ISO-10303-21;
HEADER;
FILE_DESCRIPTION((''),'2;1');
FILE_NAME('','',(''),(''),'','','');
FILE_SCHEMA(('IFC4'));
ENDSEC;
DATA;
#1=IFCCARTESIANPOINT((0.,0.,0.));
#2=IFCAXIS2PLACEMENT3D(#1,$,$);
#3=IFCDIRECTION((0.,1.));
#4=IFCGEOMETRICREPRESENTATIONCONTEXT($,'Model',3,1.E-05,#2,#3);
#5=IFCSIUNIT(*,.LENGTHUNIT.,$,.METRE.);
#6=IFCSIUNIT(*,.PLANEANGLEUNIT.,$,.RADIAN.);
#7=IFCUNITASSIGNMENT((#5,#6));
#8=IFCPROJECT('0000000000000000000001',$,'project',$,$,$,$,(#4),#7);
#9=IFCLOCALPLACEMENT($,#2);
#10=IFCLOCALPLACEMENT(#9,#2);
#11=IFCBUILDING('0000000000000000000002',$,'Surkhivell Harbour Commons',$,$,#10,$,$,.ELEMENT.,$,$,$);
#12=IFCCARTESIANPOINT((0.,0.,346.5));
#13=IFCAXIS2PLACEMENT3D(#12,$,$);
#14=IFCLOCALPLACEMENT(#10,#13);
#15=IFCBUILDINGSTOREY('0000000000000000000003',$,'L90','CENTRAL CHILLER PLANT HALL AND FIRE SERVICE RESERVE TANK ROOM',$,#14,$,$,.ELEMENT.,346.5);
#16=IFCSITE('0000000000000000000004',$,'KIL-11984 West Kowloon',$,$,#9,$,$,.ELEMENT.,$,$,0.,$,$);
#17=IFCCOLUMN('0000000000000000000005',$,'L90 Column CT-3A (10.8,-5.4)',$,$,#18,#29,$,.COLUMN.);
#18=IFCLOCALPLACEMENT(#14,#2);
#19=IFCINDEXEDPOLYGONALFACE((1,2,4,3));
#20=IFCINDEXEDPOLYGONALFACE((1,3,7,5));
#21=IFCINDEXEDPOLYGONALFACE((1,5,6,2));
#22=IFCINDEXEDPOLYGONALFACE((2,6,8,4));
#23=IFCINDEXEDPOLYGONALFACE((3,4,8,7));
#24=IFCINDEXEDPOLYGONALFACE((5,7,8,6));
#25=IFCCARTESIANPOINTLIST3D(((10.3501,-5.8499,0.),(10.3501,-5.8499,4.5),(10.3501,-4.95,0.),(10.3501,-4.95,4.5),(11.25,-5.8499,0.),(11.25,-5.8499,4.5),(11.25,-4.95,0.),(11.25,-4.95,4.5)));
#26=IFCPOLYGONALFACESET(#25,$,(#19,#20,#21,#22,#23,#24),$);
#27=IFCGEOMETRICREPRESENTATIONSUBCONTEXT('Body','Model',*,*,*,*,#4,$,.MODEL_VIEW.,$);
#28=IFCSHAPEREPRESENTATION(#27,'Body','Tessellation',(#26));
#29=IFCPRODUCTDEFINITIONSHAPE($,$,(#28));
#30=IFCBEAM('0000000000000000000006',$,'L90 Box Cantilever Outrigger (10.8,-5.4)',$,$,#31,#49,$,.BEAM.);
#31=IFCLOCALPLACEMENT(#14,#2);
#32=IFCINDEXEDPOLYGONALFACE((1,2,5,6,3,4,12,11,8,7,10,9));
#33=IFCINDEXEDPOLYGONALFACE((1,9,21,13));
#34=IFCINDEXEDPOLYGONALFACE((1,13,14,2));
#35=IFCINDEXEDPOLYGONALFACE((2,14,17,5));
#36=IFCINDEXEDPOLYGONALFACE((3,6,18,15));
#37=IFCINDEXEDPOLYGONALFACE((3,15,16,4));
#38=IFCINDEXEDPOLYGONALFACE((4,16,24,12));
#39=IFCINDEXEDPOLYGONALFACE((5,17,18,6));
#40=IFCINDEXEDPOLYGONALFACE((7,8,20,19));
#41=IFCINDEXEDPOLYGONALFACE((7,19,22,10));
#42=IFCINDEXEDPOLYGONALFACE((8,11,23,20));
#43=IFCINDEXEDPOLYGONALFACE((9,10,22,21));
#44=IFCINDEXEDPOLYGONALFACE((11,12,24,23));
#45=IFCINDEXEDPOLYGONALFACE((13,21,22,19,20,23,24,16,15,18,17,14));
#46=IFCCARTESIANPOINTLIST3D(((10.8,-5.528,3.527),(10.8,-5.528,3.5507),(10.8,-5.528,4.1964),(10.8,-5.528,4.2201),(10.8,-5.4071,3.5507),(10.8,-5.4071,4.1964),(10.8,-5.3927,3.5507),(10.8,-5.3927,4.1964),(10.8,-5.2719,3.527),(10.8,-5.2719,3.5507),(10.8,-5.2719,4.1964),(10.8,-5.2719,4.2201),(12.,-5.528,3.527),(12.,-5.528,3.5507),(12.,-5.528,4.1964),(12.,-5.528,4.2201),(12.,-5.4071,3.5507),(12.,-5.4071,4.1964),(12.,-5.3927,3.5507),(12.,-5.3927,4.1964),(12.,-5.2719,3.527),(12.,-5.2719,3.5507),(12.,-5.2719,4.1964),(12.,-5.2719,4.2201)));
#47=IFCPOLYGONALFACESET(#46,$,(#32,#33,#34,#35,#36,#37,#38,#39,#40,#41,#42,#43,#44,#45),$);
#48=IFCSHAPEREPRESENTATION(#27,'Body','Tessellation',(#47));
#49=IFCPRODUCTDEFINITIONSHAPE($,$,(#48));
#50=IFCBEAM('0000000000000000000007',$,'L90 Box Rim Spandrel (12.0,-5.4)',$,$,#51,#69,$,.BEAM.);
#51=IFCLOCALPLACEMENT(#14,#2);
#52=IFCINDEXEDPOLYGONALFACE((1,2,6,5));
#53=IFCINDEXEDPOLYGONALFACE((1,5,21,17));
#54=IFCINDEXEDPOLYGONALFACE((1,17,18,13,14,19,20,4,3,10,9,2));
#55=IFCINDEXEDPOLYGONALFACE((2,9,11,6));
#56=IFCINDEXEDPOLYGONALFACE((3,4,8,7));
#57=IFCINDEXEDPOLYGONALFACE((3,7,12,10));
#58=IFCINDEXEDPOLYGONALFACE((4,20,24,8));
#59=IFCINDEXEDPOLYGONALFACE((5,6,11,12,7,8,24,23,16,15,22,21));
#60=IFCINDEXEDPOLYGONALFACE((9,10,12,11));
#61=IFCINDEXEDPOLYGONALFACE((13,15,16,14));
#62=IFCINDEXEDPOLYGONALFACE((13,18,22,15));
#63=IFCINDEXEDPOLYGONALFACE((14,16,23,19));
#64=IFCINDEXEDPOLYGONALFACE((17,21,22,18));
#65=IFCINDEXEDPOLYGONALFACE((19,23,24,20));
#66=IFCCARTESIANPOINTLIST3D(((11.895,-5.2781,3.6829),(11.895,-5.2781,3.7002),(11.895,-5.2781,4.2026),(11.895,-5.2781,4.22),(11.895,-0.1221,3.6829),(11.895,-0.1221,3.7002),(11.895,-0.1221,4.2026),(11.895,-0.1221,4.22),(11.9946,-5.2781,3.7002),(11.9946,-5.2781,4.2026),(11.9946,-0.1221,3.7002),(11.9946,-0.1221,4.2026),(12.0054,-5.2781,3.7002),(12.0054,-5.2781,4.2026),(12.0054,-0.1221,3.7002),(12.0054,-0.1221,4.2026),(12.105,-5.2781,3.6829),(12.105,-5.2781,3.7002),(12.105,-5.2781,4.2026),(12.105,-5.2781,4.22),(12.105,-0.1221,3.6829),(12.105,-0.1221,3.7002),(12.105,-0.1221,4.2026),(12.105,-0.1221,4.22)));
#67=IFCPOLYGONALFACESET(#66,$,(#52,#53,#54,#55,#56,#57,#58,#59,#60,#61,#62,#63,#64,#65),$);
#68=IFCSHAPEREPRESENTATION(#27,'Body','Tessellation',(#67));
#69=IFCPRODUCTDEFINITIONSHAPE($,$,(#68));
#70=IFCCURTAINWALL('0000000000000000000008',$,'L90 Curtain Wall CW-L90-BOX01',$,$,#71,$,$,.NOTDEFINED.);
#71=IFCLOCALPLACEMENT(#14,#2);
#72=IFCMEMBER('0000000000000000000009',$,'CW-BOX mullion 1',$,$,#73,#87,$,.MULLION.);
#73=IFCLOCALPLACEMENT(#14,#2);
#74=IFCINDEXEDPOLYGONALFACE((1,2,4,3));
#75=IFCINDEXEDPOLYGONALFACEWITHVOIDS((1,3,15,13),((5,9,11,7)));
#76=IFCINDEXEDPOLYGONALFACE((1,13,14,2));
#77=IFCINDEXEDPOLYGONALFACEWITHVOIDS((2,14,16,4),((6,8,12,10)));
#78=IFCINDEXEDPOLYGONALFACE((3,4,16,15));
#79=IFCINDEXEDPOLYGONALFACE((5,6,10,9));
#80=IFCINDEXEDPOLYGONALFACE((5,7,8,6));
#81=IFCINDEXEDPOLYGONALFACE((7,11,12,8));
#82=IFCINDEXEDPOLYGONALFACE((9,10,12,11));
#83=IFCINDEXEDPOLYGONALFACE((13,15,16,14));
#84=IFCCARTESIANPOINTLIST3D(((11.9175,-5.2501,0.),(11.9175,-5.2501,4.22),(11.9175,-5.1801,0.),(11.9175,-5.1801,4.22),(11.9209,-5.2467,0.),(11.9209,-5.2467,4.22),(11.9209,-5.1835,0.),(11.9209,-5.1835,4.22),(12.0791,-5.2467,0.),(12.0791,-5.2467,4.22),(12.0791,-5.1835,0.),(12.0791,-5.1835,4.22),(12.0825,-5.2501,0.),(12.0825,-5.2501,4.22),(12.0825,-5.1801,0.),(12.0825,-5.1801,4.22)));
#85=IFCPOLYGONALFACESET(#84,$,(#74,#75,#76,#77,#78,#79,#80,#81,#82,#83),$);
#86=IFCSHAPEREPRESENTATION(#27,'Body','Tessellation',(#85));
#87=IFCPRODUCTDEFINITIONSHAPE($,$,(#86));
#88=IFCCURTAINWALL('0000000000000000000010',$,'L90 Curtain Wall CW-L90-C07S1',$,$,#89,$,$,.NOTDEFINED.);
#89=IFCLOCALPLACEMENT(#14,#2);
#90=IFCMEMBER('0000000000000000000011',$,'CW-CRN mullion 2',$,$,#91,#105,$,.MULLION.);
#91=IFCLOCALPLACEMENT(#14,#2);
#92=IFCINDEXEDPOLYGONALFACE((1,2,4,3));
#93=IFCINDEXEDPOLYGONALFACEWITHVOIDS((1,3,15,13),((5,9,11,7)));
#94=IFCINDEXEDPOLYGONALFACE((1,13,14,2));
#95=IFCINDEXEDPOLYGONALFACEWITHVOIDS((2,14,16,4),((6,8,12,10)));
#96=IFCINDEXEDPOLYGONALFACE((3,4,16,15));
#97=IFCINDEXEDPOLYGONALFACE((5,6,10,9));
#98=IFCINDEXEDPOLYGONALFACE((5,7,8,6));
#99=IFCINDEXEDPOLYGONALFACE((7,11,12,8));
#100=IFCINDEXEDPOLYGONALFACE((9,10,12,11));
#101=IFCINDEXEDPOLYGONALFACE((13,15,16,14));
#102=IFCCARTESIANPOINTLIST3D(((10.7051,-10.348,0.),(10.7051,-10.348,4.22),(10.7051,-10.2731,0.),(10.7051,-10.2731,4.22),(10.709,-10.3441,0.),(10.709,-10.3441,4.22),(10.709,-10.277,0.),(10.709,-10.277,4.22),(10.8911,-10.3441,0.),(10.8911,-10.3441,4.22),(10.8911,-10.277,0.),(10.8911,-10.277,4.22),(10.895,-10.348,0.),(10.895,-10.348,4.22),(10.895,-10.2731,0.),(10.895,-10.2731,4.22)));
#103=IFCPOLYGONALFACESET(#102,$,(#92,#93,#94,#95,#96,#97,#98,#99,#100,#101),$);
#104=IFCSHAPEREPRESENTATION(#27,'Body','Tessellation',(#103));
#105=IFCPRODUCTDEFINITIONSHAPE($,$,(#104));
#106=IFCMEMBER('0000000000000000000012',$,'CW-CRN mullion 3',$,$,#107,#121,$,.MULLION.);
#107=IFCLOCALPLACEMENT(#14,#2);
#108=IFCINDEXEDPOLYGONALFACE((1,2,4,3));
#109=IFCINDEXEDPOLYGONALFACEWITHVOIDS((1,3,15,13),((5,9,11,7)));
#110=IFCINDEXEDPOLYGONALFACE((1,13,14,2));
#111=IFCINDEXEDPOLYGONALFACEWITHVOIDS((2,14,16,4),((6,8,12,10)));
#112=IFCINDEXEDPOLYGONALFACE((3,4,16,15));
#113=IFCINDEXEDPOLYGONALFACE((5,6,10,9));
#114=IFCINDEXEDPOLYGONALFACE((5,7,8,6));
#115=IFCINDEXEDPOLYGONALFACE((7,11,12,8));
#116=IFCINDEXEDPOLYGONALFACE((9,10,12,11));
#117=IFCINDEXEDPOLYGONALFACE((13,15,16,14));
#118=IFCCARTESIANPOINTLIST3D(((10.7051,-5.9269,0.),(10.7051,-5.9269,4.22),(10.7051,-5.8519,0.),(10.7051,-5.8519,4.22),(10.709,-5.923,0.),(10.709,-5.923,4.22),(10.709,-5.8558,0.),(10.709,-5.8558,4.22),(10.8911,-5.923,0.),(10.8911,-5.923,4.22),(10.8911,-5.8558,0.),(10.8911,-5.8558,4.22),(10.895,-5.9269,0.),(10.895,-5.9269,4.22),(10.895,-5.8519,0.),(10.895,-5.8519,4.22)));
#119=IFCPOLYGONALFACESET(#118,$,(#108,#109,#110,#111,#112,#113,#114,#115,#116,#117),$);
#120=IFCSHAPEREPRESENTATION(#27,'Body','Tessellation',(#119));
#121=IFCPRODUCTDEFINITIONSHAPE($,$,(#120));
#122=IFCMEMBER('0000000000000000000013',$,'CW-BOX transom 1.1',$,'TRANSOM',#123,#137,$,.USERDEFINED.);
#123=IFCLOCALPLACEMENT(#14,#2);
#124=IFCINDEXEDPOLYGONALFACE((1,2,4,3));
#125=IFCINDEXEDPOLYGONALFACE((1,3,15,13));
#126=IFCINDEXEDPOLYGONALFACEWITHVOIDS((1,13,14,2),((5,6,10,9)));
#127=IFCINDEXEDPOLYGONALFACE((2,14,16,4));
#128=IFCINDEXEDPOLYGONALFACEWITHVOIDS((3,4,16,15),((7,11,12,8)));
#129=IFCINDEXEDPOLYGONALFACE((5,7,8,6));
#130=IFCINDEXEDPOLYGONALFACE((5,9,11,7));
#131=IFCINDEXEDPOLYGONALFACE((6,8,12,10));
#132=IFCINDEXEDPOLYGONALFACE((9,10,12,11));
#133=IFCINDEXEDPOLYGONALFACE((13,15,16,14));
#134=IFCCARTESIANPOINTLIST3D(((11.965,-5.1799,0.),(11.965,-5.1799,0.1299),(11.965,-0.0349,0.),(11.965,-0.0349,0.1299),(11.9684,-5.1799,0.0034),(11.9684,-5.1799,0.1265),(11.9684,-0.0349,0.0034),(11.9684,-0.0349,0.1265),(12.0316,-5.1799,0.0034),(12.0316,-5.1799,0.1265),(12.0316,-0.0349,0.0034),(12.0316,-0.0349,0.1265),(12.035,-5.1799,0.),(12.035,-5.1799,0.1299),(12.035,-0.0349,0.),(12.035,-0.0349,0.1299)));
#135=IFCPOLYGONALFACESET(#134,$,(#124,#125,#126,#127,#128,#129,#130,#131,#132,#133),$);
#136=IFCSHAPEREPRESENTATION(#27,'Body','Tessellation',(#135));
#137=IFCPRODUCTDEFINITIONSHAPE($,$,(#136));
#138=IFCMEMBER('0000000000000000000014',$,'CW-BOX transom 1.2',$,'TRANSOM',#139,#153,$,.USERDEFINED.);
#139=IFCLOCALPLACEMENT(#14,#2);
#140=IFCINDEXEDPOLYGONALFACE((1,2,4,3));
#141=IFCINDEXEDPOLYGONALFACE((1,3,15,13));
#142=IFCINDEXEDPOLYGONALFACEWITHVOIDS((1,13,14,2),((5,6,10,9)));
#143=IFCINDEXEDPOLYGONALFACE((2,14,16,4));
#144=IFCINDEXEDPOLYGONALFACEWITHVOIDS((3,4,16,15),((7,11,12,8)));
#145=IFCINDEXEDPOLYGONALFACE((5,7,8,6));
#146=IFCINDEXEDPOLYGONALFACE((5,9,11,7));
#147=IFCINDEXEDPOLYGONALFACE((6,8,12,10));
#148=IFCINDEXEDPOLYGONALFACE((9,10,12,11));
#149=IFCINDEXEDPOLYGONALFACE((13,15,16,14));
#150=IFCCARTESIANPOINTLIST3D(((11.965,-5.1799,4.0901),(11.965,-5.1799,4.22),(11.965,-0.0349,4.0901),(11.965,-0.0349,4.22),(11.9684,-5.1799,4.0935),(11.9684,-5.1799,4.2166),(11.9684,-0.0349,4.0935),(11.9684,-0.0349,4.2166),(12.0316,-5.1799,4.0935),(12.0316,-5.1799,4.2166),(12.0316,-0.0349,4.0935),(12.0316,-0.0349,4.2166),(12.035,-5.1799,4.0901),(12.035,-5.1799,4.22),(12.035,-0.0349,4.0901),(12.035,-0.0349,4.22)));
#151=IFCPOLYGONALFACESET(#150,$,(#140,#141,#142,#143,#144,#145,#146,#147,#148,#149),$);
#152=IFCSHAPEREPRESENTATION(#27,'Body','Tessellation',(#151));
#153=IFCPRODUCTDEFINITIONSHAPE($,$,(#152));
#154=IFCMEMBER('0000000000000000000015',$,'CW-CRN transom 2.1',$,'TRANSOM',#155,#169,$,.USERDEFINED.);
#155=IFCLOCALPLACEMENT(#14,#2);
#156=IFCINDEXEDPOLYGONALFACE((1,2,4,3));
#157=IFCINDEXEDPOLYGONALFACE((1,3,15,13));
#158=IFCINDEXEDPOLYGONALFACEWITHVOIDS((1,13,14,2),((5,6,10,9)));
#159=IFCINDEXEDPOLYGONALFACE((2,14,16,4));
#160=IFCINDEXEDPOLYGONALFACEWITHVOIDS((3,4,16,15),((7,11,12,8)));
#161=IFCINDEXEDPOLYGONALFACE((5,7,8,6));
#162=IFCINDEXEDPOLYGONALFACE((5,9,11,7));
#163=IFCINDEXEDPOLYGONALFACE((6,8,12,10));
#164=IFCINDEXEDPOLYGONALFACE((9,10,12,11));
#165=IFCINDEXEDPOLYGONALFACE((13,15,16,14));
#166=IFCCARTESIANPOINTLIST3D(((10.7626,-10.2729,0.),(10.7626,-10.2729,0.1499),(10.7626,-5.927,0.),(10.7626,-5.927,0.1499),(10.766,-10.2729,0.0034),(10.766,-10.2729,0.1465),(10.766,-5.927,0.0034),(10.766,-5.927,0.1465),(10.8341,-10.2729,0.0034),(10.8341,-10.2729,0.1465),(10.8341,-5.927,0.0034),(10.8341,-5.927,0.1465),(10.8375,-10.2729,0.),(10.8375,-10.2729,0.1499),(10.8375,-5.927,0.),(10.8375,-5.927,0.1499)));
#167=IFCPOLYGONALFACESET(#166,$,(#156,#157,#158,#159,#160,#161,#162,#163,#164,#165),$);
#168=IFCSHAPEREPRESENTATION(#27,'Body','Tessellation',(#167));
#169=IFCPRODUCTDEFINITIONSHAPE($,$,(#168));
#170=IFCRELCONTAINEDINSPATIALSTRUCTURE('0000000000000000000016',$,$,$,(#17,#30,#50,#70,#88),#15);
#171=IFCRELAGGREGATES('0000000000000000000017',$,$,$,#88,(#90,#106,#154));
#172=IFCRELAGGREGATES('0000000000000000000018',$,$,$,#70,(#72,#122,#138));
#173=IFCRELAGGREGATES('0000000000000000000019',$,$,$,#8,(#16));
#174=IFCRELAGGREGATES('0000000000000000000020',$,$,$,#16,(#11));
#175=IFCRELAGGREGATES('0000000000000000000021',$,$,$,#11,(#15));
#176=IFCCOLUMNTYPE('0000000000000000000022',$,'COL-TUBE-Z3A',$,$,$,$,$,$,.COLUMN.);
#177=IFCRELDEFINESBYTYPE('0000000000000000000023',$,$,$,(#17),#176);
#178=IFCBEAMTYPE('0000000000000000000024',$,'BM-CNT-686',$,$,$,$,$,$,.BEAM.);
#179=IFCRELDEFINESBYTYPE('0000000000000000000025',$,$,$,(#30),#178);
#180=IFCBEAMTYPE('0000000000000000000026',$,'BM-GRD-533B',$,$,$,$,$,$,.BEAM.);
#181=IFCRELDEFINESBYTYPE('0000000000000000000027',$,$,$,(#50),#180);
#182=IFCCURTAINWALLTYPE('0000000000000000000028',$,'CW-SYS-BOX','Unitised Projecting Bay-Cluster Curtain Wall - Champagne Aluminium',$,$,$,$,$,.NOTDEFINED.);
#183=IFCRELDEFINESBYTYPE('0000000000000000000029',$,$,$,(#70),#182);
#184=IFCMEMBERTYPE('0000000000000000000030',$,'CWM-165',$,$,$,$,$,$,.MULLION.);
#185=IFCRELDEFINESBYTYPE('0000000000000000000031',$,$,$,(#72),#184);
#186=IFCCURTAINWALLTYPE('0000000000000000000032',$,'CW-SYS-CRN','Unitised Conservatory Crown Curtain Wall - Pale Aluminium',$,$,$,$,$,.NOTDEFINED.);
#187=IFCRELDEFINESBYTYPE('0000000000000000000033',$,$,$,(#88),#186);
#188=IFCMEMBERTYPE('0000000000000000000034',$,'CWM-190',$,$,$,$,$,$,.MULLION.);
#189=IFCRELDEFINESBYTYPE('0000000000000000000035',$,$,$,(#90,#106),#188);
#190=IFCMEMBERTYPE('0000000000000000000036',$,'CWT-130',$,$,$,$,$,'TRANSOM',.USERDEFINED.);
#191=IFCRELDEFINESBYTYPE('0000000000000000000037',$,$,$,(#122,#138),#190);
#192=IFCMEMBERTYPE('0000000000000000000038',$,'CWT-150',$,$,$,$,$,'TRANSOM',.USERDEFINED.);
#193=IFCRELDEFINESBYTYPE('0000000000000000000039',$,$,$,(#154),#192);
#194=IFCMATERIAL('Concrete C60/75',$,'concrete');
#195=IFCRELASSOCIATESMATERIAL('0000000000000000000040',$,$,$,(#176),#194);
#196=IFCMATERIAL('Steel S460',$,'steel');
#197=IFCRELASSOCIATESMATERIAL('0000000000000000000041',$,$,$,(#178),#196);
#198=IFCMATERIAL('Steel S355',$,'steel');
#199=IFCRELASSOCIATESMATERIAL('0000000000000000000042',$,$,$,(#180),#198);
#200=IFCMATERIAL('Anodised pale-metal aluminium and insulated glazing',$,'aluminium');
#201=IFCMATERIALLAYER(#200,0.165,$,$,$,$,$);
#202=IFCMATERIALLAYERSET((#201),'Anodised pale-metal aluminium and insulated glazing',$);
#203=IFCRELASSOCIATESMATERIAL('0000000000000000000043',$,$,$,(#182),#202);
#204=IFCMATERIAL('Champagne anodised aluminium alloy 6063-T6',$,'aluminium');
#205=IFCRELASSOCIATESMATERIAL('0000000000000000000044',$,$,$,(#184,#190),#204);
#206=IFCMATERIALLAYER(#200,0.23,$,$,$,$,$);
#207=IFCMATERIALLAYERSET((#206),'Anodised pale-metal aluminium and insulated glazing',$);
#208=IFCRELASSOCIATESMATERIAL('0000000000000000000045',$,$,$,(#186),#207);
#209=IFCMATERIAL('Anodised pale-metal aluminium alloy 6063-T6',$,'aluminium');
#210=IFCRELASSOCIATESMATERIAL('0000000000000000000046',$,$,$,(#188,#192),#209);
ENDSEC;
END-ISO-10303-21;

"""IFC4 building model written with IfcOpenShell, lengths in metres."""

from ifc_helpers import new_model, si_unit, direction, frame, origin, origin_2d, place, context, subcontext, project, spatial, rectangle, hollow_rectangle, i_section, extrude, material, layer, layer_set, material_profile, profile_set, type_object, element, aggregate, save


model = new_model("IFC4")

# Units and contexts
model_context = context("Model", 3, precision=1e-05, world=origin(), true_north=direction((0.0, 1.0)))
body_context = subcontext(model_context, "Body", "Model", "MODEL_VIEW")
ifc_project = project(units=[si_unit("LENGTHUNIT", "METRE"), si_unit("PLANEANGLEUNIT", "RADIAN")], contexts=[model_context])

# Site, building, storey
site_placement = place(None, origin())
site = spatial("IfcSite", under=ifc_project, at=site_placement, Name="KIL-11984 West Kowloon", CompositionType="ELEMENT", RefElevation=0.0)
building_placement = place(site_placement, origin())
building = spatial("IfcBuilding", under=site, at=building_placement, Name="Surkhivell Harbour Commons", CompositionType="ELEMENT")
storey_placement = place(building_placement, frame((0.0, 0.0, 346.5)))
storey = spatial("IfcBuildingStorey", under=building, at=storey_placement, Name="L90", Description="CENTRAL CHILLER PLANT HALL AND FIRE SERVICE RESERVE TANK ROOM", CompositionType="ELEMENT", Elevation=346.5)

# Column
ifc_material_1 = material(Name="Concrete C60/75", Category="concrete")
ifc_material_profile_1 = material_profile(ifc_material_1, rectangle(XDim=0.8999, YDim=0.8999, at=origin_2d()), Name="RC-COL-900x900")
ifc_profile_set_1 = profile_set([ifc_material_profile_1], Name="Concrete C60/75")
column_type = type_object("IfcColumnType", Name="COL-TUBE-Z3A", PredefinedType="COLUMN", material=ifc_profile_set_1)
column_placement = place(storey_placement, frame((10.8, -5.3999, 0.0), z_axis=(0.0, 0.0, 1.0), x_axis=(1.0, 0.0, 0.0)))
element("IfcColumn", 1, at=column_placement, inside=storey, type_object=column_type, Name="L90 Column CT-3A (10.8,-5.4)", PredefinedType="COLUMN", context=body_context, shape_type="SweptSolid", body=[
    extrude(rectangle(XDim=0.8999, YDim=0.8999, at=origin_2d()), origin(), (0.0, 0.0, 1.0), 4.5),
])

# Beams
ifc_material_2 = material(Name="Steel S460", Category="steel")
ifc_material_profile_2 = material_profile(ifc_material_2, i_section(OverallWidth=0.2561, OverallDepth=0.6931, WebThickness=0.0144, FlangeThickness=0.0237, at=origin_2d()), Name="UB686x254x170")
ifc_profile_set_2 = profile_set([ifc_material_profile_2], Name="Steel S460")
beam_type_1 = type_object("IfcBeamType", Name="BM-CNT-686", PredefinedType="BEAM", material=ifc_profile_set_2)
beam_1_placement = place(storey_placement, frame((10.8, -5.3999, 3.8735), z_axis=(1.0, 0.0, 0.0), x_axis=(0.0, 1.0, 0.0)))
element("IfcBeam", 2, at=beam_1_placement, inside=storey, type_object=beam_type_1, Name="L90 Box Cantilever Outrigger (10.8,-5.4)", PredefinedType="BEAM", context=body_context, shape_type="SweptSolid", body=[
    extrude(i_section(OverallWidth=0.2561, OverallDepth=0.6931, WebThickness=0.0144, FlangeThickness=0.0237, at=origin_2d()), origin(), (0.0, 0.0, 1.0), 1.2),
])
ifc_material_3 = material(Name="Steel S355", Category="steel")
ifc_material_profile_3 = material_profile(ifc_material_3, i_section(OverallWidth=0.21, OverallDepth=0.5371, WebThickness=0.0107, FlangeThickness=0.0173, at=origin_2d()), Name="UB533x210x101")
ifc_profile_set_3 = profile_set([ifc_material_profile_3], Name="Steel S355")
beam_type_2 = type_object("IfcBeamType", Name="BM-GRD-533B", PredefinedType="BEAM", material=ifc_profile_set_3)
beam_2_placement = place(storey_placement, frame((12.0, -5.2781, 3.9514), z_axis=(0.0, 1.0, 0.0), x_axis=(-1.0, 0.0, 0.0)))
element("IfcBeam", 3, at=beam_2_placement, inside=storey, type_object=beam_type_2, Name="L90 Box Rim Spandrel (12.0,-5.4)", PredefinedType="BEAM", context=body_context, shape_type="SweptSolid", body=[
    extrude(i_section(OverallWidth=0.21, OverallDepth=0.5371, WebThickness=0.0107, FlangeThickness=0.0173, at=origin_2d()), origin(), (0.0, 0.0, 1.0), 5.156),
])

# Curtain wall, member
ifc_material_4 = material(Name="Anodised pale-metal aluminium and insulated glazing", Category="aluminium")
ifc_layer_1 = layer(ifc_material_4, 0.165)
ifc_layer_set_1 = layer_set([ifc_layer_1], Name="Anodised pale-metal aluminium and insulated glazing")
curtain_wall_type_1 = type_object("IfcCurtainWallType", Name="CW-SYS-BOX", Description="Unitised Projecting Bay-Cluster Curtain Wall - Champagne Aluminium", PredefinedType="NOTDEFINED", material=ifc_layer_set_1)
curtain_wall_1_placement = place(storey_placement, origin())
curtain_wall_1 = element("IfcCurtainWall", 4, at=curtain_wall_1_placement, inside=storey, type_object=curtain_wall_type_1, Name="L90 Curtain Wall CW-L90-BOX01", PredefinedType="NOTDEFINED")
ifc_material_5 = material(Name="Champagne anodised aluminium alloy 6063-T6", Category="aluminium")
ifc_material_profile_4 = material_profile(ifc_material_5, hollow_rectangle(XDim=0.0701, YDim=0.165, WallThickness=0.0034, at=origin_2d()), Name="ALU-MULL-70x165")
ifc_profile_set_4 = profile_set([ifc_material_profile_4], Name="Champagne anodised aluminium alloy 6063-T6")
member_type_1 = type_object("IfcMemberType", Name="CWM-165", PredefinedType="MULLION", material=ifc_profile_set_4)
member_1_placement = place(storey_placement, frame((12.0, -5.2151, 0.0), z_axis=(0.0, 0.0, 1.0), x_axis=(0.0, 1.0, 0.0)))
member_1 = element("IfcMember", 5, at=member_1_placement, type_object=member_type_1, Name="CW-BOX mullion 1", PredefinedType="MULLION", context=body_context, shape_type="SweptSolid", body=[
    extrude(hollow_rectangle(XDim=0.0701, YDim=0.165, WallThickness=0.0034, at=origin_2d()), origin(), (0.0, 0.0, 1.0), 4.22),
])

# Curtain wall, members
ifc_layer_2 = layer(ifc_material_4, 0.23)
ifc_layer_set_2 = layer_set([ifc_layer_2], Name="Anodised pale-metal aluminium and insulated glazing")
curtain_wall_type_2 = type_object("IfcCurtainWallType", Name="CW-SYS-CRN", Description="Unitised Conservatory Crown Curtain Wall - Pale Aluminium", PredefinedType="NOTDEFINED", material=ifc_layer_set_2)
curtain_wall_2_placement = place(storey_placement, origin())
curtain_wall_2 = element("IfcCurtainWall", 6, at=curtain_wall_2_placement, inside=storey, type_object=curtain_wall_type_2, Name="L90 Curtain Wall CW-L90-C07S1", PredefinedType="NOTDEFINED")
ifc_material_6 = material(Name="Anodised pale-metal aluminium alloy 6063-T6", Category="aluminium")
ifc_material_profile_5 = material_profile(ifc_material_6, hollow_rectangle(XDim=0.075, YDim=0.1899, WallThickness=0.0039, at=origin_2d()), Name="ALU-MULL-75x190")
ifc_profile_set_5 = profile_set([ifc_material_profile_5], Name="Anodised pale-metal aluminium alloy 6063-T6")
member_type_2 = type_object("IfcMemberType", Name="CWM-190", PredefinedType="MULLION", material=ifc_profile_set_5)
member_2_placement = place(storey_placement, frame((10.8, -10.3105, 0.0), z_axis=(0.0, 0.0, 1.0), x_axis=(0.0, 1.0, 0.0)))
member_2 = element("IfcMember", 7, at=member_2_placement, type_object=member_type_2, Name="CW-CRN mullion 2", PredefinedType="MULLION", context=body_context, shape_type="SweptSolid", body=[
    extrude(hollow_rectangle(XDim=0.075, YDim=0.1899, WallThickness=0.0039, at=origin_2d()), origin(), (0.0, 0.0, 1.0), 4.22),
])
member_3_placement = place(storey_placement, frame((10.8, -5.8894, 0.0), z_axis=(0.0, 0.0, 1.0), x_axis=(0.0, 1.0, 0.0)))
member_3 = element("IfcMember", 8, at=member_3_placement, type_object=member_type_2, Name="CW-CRN mullion 3", PredefinedType="MULLION", context=body_context, shape_type="SweptSolid", body=[
    extrude(hollow_rectangle(XDim=0.075, YDim=0.1899, WallThickness=0.0039, at=origin_2d()), origin(), (0.0, 0.0, 1.0), 4.22),
])

# Members
ifc_material_profile_6 = material_profile(ifc_material_5, hollow_rectangle(XDim=0.0701, YDim=0.1299, WallThickness=0.0034, at=origin_2d()), Name="ALU-TRAN-70x130")
ifc_profile_set_6 = profile_set([ifc_material_profile_6], Name="Champagne anodised aluminium alloy 6063-T6")
member_type_3 = type_object("IfcMemberType", Name="CWT-130", ElementType="TRANSOM", PredefinedType="USERDEFINED", material=ifc_profile_set_6)
member_4_placement = place(storey_placement, frame((12.0, -5.1799, 0.0649), z_axis=(0.0, 1.0, 0.0), x_axis=(-1.0, 0.0, 0.0)))
member_4 = element("IfcMember", 9, at=member_4_placement, type_object=member_type_3, Name="CW-BOX transom 1.1", ObjectType="TRANSOM", PredefinedType="USERDEFINED", context=body_context, shape_type="SweptSolid", body=[
    extrude(hollow_rectangle(XDim=0.0701, YDim=0.1299, WallThickness=0.0034, at=origin_2d()), origin(), (0.0, 0.0, 1.0), 5.145),
])
member_5_placement = place(storey_placement, frame((12.0, -5.1799, 4.155), z_axis=(0.0, 1.0, 0.0), x_axis=(-1.0, 0.0, 0.0)))
member_5 = element("IfcMember", 10, at=member_5_placement, type_object=member_type_3, Name="CW-BOX transom 1.2", ObjectType="TRANSOM", PredefinedType="USERDEFINED", context=body_context, shape_type="SweptSolid", body=[
    extrude(hollow_rectangle(XDim=0.0701, YDim=0.1299, WallThickness=0.0034, at=origin_2d()), origin(), (0.0, 0.0, 1.0), 5.145),
])
ifc_material_profile_7 = material_profile(ifc_material_6, hollow_rectangle(XDim=0.075, YDim=0.1499, WallThickness=0.0034, at=origin_2d()), Name="ALU-TRAN-75x150")
ifc_profile_set_7 = profile_set([ifc_material_profile_7], Name="Anodised pale-metal aluminium alloy 6063-T6")
member_type_4 = type_object("IfcMemberType", Name="CWT-150", ElementType="TRANSOM", PredefinedType="USERDEFINED", material=ifc_profile_set_7)
member_6_placement = place(storey_placement, frame((10.8, -10.2729, 0.075), z_axis=(0.0, 1.0, 0.0), x_axis=(-1.0, 0.0, 0.0)))
member_6 = element("IfcMember", 11, at=member_6_placement, type_object=member_type_4, Name="CW-CRN transom 2.1", ObjectType="TRANSOM", PredefinedType="USERDEFINED", context=body_context, shape_type="SweptSolid", body=[
    extrude(hollow_rectangle(XDim=0.075, YDim=0.1499, WallThickness=0.0034, at=origin_2d()), origin(), (0.0, 0.0, 1.0), 4.3459),
])

aggregate(curtain_wall_2, [member_2, member_3, member_6])
aggregate(curtain_wall_1, [member_1, member_4, member_5])

save(model, "model.ifc")
